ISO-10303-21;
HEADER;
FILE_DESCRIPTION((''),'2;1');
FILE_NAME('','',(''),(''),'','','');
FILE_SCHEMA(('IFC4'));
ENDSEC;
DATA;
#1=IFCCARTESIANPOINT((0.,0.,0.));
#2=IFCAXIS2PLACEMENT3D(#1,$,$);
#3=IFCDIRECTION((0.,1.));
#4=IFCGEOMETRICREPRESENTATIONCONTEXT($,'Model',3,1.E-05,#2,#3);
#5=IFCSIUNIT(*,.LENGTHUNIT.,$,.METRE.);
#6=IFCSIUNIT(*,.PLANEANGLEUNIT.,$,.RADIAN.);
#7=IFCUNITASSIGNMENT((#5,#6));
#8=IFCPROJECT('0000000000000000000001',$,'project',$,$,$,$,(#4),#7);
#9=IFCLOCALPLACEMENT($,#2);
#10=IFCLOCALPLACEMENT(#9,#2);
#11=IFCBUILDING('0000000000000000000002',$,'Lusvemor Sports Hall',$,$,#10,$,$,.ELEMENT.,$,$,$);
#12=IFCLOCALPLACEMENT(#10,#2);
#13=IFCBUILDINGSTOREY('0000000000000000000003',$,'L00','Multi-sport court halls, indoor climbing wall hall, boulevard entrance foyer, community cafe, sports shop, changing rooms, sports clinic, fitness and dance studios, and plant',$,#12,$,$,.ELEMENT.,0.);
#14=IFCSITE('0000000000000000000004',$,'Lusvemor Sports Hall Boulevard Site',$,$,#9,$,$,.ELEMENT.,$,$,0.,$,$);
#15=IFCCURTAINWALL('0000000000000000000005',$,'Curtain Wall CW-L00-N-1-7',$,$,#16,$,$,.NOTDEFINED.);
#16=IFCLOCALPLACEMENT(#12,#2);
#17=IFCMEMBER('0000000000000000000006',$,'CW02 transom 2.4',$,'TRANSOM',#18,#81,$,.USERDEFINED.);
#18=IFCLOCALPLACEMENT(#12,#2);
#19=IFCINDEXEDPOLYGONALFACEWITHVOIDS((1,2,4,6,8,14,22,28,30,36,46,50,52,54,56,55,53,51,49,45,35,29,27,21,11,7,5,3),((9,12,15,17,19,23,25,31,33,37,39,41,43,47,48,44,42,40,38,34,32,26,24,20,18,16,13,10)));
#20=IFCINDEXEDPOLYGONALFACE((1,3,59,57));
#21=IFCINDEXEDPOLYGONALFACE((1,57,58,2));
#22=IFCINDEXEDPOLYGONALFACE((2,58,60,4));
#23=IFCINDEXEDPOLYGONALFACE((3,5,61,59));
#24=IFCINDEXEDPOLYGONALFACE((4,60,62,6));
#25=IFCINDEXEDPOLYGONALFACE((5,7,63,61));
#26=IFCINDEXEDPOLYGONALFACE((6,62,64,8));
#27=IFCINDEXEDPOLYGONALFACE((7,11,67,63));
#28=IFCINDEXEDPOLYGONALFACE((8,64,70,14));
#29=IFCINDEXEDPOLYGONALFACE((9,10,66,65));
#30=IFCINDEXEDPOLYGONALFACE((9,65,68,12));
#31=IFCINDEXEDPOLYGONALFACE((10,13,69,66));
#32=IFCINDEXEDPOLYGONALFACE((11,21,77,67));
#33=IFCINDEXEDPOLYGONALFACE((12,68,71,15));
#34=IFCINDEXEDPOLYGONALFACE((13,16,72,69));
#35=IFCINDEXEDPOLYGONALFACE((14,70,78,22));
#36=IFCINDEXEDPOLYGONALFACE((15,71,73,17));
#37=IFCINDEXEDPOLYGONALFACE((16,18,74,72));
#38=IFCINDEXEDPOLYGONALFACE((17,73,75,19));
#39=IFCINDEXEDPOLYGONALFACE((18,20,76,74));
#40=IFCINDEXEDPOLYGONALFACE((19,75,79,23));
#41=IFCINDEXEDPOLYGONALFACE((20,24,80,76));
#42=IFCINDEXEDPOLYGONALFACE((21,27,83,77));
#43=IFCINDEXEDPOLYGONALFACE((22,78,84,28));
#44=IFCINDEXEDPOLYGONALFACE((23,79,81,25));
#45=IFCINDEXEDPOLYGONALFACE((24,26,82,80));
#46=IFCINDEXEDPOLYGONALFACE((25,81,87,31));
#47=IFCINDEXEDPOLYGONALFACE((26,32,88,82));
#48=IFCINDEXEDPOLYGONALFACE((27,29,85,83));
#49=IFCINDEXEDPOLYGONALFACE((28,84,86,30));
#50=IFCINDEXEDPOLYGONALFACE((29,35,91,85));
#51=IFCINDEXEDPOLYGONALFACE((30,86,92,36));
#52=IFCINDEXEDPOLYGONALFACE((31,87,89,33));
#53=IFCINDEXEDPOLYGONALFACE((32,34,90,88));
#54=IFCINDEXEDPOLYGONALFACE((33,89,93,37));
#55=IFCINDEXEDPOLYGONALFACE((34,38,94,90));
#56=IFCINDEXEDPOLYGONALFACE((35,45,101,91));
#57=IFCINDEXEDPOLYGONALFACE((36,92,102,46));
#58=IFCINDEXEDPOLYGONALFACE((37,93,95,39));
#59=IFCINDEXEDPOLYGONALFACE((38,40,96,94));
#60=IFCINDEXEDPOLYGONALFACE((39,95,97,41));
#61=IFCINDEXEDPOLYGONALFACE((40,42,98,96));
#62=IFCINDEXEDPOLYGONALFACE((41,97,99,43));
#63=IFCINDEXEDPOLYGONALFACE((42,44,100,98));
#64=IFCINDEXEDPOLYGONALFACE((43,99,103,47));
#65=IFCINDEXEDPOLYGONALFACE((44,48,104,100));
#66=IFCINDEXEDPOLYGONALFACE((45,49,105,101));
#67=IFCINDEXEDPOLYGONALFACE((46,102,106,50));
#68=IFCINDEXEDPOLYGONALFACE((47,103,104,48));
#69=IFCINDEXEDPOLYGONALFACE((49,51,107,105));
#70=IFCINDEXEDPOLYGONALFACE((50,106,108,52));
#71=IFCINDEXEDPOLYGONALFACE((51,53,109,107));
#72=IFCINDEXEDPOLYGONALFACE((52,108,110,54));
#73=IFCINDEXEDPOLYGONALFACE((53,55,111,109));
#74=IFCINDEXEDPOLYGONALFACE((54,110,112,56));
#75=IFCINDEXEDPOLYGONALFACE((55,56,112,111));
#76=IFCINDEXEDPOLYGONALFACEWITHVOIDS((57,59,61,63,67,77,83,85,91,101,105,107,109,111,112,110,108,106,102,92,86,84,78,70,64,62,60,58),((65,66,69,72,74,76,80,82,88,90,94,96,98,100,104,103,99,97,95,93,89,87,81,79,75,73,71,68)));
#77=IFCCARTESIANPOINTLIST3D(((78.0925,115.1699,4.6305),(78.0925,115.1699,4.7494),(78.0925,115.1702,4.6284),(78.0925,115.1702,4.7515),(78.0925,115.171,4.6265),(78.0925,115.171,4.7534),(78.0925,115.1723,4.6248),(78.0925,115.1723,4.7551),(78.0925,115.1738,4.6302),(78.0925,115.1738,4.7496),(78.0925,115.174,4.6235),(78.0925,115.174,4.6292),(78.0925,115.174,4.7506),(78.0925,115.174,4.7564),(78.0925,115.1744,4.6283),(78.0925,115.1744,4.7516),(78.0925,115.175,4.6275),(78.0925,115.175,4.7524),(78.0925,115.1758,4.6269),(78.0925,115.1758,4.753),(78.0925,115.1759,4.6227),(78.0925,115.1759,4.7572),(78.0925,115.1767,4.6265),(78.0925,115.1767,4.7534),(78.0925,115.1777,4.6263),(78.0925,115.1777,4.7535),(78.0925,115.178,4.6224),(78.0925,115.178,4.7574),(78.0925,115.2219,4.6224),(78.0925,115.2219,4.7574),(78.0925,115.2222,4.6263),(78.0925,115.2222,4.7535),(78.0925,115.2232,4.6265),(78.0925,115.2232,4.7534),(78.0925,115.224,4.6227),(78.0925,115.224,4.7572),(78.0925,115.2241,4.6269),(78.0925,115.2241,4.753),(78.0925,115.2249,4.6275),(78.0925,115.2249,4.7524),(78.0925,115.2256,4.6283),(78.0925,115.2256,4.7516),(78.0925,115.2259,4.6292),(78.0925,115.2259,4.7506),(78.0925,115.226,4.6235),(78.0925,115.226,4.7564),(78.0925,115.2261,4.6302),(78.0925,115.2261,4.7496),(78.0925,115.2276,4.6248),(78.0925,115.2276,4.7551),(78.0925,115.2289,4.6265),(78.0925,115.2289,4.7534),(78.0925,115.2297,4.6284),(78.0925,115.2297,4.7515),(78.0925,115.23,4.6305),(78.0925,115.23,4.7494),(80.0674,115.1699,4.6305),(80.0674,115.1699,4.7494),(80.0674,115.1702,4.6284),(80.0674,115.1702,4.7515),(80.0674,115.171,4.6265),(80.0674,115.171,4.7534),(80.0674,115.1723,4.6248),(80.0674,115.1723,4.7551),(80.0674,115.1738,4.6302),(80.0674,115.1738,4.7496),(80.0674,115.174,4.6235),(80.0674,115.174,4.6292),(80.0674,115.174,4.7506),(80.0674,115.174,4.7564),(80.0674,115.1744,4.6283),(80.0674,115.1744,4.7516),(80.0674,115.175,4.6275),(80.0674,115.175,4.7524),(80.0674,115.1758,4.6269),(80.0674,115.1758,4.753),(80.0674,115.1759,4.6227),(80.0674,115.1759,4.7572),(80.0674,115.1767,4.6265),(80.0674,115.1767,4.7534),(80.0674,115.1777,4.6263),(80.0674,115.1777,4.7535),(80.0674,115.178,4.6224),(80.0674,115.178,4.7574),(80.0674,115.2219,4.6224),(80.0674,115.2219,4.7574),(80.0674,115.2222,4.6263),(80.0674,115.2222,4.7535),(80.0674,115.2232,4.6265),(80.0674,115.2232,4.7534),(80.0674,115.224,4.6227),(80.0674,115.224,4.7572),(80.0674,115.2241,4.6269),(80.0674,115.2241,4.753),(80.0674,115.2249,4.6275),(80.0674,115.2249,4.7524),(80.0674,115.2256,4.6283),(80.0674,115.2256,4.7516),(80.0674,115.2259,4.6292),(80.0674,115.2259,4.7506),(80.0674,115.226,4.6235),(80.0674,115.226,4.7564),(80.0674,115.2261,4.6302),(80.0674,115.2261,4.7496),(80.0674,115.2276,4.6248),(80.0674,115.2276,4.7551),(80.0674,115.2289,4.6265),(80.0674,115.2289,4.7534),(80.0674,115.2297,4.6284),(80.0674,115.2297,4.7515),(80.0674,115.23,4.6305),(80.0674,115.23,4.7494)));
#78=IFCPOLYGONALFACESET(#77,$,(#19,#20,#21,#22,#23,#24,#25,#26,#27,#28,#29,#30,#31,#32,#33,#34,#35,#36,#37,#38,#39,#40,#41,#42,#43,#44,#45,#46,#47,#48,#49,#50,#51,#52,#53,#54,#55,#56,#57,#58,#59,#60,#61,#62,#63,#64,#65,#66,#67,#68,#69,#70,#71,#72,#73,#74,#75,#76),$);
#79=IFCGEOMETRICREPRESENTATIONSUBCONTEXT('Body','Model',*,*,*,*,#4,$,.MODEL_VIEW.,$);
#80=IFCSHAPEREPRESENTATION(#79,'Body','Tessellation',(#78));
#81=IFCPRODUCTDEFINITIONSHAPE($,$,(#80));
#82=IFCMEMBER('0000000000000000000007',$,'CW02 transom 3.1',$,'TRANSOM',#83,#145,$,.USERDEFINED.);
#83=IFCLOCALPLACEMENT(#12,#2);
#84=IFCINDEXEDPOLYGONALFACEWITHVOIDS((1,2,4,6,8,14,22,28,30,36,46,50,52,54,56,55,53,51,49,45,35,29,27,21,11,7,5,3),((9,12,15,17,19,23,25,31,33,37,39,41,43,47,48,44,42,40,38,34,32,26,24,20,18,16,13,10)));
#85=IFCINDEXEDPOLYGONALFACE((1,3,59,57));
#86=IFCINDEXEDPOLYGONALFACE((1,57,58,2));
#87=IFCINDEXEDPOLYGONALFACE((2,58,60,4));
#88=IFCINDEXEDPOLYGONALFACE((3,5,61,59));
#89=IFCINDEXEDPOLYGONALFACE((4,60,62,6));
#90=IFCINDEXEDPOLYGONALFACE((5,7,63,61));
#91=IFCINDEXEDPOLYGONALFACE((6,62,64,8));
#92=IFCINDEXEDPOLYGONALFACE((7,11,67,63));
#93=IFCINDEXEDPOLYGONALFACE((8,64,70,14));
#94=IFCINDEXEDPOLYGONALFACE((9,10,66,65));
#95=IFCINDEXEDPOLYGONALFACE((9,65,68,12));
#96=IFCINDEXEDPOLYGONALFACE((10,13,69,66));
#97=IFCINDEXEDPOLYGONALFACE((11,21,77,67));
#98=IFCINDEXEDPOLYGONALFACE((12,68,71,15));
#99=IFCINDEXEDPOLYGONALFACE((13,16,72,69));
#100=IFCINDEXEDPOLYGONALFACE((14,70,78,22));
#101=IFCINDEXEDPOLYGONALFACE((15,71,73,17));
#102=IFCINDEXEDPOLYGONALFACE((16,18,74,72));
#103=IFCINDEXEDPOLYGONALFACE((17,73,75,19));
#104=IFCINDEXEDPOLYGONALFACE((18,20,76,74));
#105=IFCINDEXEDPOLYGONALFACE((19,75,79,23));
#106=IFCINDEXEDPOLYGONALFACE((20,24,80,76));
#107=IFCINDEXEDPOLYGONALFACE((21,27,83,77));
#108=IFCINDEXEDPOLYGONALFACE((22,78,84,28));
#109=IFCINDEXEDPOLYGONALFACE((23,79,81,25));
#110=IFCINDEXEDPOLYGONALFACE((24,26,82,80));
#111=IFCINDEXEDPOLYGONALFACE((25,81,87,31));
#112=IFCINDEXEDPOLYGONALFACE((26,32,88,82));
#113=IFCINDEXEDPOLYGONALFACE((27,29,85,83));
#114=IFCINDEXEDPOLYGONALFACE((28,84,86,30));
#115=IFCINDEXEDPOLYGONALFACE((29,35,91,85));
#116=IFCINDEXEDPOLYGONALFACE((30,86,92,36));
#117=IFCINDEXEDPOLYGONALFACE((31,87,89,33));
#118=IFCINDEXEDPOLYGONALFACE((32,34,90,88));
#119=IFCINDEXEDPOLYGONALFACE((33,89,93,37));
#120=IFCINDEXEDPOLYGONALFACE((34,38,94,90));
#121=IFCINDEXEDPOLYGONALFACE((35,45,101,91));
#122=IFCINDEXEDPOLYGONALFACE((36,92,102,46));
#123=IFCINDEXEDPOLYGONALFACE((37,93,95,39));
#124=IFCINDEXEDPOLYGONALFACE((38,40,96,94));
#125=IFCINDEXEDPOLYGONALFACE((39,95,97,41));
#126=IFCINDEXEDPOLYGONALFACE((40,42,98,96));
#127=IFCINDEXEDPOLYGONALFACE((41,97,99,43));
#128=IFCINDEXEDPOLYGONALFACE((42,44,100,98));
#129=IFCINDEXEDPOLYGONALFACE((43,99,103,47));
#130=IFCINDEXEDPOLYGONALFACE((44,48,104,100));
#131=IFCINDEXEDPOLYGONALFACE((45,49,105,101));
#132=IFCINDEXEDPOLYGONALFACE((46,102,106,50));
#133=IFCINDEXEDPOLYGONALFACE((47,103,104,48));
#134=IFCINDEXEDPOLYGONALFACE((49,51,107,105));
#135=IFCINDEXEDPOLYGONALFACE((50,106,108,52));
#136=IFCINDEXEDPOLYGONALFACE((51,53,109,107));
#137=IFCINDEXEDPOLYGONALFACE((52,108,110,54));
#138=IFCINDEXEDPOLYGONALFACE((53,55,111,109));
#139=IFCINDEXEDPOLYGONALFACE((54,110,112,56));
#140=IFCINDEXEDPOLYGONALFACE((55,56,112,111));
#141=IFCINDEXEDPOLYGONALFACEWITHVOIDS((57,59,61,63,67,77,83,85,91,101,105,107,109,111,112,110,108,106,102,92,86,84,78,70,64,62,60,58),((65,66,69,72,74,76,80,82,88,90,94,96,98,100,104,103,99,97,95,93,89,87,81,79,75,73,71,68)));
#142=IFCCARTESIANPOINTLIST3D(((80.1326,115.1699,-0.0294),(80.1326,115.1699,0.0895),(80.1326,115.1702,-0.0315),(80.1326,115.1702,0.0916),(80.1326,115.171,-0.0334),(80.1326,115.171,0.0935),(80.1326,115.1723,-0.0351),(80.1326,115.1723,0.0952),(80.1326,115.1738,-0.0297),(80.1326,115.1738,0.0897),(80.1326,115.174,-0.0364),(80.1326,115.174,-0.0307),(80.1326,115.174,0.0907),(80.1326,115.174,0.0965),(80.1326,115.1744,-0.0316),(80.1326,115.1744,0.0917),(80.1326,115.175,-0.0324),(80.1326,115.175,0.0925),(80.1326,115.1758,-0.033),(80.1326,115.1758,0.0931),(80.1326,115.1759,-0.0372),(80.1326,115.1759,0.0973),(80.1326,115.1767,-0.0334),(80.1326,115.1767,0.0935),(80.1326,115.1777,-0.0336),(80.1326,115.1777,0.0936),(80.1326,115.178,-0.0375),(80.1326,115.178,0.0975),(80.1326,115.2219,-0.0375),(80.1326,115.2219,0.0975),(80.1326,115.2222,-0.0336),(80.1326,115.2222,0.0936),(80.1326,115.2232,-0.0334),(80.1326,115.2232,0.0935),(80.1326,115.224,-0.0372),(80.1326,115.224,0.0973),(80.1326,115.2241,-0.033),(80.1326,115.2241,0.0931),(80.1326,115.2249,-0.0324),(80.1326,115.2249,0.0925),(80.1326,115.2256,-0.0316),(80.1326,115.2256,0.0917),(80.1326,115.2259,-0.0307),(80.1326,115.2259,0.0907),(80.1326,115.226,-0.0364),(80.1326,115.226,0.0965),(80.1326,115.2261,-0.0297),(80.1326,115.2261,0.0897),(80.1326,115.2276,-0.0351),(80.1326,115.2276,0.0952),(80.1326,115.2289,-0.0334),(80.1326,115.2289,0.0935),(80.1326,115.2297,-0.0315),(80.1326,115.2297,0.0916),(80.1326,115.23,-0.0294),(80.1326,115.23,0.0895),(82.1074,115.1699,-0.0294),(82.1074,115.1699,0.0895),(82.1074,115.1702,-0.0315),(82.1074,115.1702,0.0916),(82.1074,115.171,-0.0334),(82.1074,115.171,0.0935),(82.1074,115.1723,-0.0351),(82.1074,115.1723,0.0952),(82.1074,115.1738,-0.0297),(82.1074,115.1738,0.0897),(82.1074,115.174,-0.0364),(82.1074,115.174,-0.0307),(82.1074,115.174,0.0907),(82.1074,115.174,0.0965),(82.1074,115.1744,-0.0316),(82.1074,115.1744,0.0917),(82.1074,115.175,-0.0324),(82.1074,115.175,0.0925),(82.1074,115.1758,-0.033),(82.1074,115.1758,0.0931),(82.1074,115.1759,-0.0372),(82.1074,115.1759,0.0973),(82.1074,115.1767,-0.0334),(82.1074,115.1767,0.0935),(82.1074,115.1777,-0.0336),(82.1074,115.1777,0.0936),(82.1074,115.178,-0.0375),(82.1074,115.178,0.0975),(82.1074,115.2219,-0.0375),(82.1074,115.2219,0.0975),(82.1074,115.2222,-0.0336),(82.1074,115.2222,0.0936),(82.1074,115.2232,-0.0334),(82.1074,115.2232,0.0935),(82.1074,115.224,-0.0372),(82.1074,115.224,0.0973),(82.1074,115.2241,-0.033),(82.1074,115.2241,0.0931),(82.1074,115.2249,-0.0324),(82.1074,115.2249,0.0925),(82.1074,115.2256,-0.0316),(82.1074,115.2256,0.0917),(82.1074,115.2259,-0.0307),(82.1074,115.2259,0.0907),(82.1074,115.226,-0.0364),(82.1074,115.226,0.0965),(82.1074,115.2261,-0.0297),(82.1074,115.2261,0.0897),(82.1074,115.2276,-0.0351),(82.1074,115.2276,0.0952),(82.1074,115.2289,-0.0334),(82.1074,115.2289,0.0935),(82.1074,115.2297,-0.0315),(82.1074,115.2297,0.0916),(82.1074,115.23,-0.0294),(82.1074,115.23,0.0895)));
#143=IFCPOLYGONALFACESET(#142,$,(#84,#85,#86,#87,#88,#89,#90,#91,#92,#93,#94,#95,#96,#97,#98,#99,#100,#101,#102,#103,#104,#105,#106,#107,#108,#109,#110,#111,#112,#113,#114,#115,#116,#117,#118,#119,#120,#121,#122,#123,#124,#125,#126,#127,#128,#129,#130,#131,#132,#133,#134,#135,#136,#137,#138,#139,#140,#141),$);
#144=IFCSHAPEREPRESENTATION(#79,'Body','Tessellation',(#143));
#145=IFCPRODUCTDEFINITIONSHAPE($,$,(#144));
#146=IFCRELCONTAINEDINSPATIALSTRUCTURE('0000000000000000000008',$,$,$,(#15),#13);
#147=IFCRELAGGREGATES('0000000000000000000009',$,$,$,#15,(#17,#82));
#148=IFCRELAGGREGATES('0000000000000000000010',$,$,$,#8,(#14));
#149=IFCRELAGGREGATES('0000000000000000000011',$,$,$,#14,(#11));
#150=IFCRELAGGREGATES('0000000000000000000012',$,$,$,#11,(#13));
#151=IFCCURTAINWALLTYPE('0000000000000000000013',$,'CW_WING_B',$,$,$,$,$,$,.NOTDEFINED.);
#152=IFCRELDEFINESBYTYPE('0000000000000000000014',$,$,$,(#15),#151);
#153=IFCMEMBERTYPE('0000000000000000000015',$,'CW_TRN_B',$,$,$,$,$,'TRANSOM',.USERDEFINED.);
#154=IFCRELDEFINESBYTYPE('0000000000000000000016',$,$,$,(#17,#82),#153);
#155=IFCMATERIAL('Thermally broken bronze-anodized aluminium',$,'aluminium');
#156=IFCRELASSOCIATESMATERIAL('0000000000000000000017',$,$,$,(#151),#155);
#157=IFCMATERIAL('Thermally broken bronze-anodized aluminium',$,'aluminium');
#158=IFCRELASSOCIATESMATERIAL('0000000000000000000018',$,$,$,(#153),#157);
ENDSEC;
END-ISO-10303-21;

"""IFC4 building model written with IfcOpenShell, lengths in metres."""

from ifc_helpers import new_model, si_unit, direction, frame, origin, origin_2d, place, context, subcontext, project, spatial, hollow_rectangle, extrude, material, material_profile, profile_set, type_object, element, aggregate, save


model = new_model("IFC4")

# Units and contexts
model_context = context("Model", 3, precision=1e-05, world=origin(), true_north=direction((0.0, 1.0)))
body_context = subcontext(model_context, "Body", "Model", "MODEL_VIEW")
ifc_project = project(units=[si_unit("LENGTHUNIT", "METRE"), si_unit("PLANEANGLEUNIT", "RADIAN")], contexts=[model_context])

# Site, building, storey
site_placement = place(None, origin())
site = spatial("IfcSite", under=ifc_project, at=site_placement, Name="Lusvemor Sports Hall Boulevard Site", CompositionType="ELEMENT", RefElevation=0.0)
building_placement = place(site_placement, origin())
building = spatial("IfcBuilding", under=site, at=building_placement, Name="Lusvemor Sports Hall", CompositionType="ELEMENT")
storey_placement = place(building_placement, origin())
storey = spatial("IfcBuildingStorey", under=building, at=storey_placement, Name="L00", Description="Multi-sport court halls, indoor climbing wall hall, boulevard entrance foyer, community cafe, sports shop, changing rooms, sports clinic, fitness and dance studios, and plant", CompositionType="ELEMENT", Elevation=0.0)

# Curtain wall, members
ifc_material_1 = material(Name="Thermally broken bronze-anodized aluminium", Category="aluminium")
curtain_wall_type = type_object("IfcCurtainWallType", Name="CW_WING_B", PredefinedType="NOTDEFINED", material=ifc_material_1)
curtain_wall_placement = place(storey_placement, origin())
curtain_wall = element("IfcCurtainWall", 1, at=curtain_wall_placement, inside=storey, type_object=curtain_wall_type, Name="Curtain Wall CW-L00-N-1-7", PredefinedType="NOTDEFINED")
ifc_material_2 = material(Name="Thermally broken bronze-anodized aluminium", Category="aluminium")
ifc_material_profile_1 = material_profile(ifc_material_2, hollow_rectangle(XDim=0.0601, YDim=0.135, WallThickness=0.0039, InnerFilletRadius=0.0039, OuterFilletRadius=0.0081, at=origin_2d()), Name="CWTRN135x60x4")
ifc_profile_set_1 = profile_set([ifc_material_profile_1], Name="Thermally broken bronze-anodized aluminium")
member_type_1 = type_object("IfcMemberType", Name="CW_TRN_B", ElementType="TRANSOM", PredefinedType="USERDEFINED", material=ifc_profile_set_1)
member_1_placement = place(storey_placement, frame((78.0925, 115.2, 4.6899), z_axis=(1.0, 0.0, 0.0), x_axis=(0.0, 1.0, 0.0)))
member_1 = element("IfcMember", 2, at=member_1_placement, type_object=member_type_1, Name="CW02 transom 2.4", ObjectType="TRANSOM", PredefinedType="USERDEFINED", context=body_context, shape_type="SweptSolid", body=[
    extrude(hollow_rectangle(XDim=0.0601, YDim=0.135, WallThickness=0.0039, InnerFilletRadius=0.0039, OuterFilletRadius=0.0081, at=origin_2d()), origin(), (0.0, 0.0, 1.0), 1.9749),
])
member_2_placement = place(storey_placement, frame((80.1326, 115.2, 0.03), z_axis=(1.0, 0.0, 0.0), x_axis=(0.0, 1.0, 0.0)))
member_2 = element("IfcMember", 3, at=member_2_placement, type_object=member_type_1, Name="CW02 transom 3.1", ObjectType="TRANSOM", PredefinedType="USERDEFINED", context=body_context, shape_type="SweptSolid", body=[
    extrude(hollow_rectangle(XDim=0.0601, YDim=0.135, WallThickness=0.0039, InnerFilletRadius=0.0039, OuterFilletRadius=0.0081, at=origin_2d()), origin(), (0.0, 0.0, 1.0), 1.9749),
])
aggregate(curtain_wall, [member_1, member_2])

save(model, "model.ifc")
